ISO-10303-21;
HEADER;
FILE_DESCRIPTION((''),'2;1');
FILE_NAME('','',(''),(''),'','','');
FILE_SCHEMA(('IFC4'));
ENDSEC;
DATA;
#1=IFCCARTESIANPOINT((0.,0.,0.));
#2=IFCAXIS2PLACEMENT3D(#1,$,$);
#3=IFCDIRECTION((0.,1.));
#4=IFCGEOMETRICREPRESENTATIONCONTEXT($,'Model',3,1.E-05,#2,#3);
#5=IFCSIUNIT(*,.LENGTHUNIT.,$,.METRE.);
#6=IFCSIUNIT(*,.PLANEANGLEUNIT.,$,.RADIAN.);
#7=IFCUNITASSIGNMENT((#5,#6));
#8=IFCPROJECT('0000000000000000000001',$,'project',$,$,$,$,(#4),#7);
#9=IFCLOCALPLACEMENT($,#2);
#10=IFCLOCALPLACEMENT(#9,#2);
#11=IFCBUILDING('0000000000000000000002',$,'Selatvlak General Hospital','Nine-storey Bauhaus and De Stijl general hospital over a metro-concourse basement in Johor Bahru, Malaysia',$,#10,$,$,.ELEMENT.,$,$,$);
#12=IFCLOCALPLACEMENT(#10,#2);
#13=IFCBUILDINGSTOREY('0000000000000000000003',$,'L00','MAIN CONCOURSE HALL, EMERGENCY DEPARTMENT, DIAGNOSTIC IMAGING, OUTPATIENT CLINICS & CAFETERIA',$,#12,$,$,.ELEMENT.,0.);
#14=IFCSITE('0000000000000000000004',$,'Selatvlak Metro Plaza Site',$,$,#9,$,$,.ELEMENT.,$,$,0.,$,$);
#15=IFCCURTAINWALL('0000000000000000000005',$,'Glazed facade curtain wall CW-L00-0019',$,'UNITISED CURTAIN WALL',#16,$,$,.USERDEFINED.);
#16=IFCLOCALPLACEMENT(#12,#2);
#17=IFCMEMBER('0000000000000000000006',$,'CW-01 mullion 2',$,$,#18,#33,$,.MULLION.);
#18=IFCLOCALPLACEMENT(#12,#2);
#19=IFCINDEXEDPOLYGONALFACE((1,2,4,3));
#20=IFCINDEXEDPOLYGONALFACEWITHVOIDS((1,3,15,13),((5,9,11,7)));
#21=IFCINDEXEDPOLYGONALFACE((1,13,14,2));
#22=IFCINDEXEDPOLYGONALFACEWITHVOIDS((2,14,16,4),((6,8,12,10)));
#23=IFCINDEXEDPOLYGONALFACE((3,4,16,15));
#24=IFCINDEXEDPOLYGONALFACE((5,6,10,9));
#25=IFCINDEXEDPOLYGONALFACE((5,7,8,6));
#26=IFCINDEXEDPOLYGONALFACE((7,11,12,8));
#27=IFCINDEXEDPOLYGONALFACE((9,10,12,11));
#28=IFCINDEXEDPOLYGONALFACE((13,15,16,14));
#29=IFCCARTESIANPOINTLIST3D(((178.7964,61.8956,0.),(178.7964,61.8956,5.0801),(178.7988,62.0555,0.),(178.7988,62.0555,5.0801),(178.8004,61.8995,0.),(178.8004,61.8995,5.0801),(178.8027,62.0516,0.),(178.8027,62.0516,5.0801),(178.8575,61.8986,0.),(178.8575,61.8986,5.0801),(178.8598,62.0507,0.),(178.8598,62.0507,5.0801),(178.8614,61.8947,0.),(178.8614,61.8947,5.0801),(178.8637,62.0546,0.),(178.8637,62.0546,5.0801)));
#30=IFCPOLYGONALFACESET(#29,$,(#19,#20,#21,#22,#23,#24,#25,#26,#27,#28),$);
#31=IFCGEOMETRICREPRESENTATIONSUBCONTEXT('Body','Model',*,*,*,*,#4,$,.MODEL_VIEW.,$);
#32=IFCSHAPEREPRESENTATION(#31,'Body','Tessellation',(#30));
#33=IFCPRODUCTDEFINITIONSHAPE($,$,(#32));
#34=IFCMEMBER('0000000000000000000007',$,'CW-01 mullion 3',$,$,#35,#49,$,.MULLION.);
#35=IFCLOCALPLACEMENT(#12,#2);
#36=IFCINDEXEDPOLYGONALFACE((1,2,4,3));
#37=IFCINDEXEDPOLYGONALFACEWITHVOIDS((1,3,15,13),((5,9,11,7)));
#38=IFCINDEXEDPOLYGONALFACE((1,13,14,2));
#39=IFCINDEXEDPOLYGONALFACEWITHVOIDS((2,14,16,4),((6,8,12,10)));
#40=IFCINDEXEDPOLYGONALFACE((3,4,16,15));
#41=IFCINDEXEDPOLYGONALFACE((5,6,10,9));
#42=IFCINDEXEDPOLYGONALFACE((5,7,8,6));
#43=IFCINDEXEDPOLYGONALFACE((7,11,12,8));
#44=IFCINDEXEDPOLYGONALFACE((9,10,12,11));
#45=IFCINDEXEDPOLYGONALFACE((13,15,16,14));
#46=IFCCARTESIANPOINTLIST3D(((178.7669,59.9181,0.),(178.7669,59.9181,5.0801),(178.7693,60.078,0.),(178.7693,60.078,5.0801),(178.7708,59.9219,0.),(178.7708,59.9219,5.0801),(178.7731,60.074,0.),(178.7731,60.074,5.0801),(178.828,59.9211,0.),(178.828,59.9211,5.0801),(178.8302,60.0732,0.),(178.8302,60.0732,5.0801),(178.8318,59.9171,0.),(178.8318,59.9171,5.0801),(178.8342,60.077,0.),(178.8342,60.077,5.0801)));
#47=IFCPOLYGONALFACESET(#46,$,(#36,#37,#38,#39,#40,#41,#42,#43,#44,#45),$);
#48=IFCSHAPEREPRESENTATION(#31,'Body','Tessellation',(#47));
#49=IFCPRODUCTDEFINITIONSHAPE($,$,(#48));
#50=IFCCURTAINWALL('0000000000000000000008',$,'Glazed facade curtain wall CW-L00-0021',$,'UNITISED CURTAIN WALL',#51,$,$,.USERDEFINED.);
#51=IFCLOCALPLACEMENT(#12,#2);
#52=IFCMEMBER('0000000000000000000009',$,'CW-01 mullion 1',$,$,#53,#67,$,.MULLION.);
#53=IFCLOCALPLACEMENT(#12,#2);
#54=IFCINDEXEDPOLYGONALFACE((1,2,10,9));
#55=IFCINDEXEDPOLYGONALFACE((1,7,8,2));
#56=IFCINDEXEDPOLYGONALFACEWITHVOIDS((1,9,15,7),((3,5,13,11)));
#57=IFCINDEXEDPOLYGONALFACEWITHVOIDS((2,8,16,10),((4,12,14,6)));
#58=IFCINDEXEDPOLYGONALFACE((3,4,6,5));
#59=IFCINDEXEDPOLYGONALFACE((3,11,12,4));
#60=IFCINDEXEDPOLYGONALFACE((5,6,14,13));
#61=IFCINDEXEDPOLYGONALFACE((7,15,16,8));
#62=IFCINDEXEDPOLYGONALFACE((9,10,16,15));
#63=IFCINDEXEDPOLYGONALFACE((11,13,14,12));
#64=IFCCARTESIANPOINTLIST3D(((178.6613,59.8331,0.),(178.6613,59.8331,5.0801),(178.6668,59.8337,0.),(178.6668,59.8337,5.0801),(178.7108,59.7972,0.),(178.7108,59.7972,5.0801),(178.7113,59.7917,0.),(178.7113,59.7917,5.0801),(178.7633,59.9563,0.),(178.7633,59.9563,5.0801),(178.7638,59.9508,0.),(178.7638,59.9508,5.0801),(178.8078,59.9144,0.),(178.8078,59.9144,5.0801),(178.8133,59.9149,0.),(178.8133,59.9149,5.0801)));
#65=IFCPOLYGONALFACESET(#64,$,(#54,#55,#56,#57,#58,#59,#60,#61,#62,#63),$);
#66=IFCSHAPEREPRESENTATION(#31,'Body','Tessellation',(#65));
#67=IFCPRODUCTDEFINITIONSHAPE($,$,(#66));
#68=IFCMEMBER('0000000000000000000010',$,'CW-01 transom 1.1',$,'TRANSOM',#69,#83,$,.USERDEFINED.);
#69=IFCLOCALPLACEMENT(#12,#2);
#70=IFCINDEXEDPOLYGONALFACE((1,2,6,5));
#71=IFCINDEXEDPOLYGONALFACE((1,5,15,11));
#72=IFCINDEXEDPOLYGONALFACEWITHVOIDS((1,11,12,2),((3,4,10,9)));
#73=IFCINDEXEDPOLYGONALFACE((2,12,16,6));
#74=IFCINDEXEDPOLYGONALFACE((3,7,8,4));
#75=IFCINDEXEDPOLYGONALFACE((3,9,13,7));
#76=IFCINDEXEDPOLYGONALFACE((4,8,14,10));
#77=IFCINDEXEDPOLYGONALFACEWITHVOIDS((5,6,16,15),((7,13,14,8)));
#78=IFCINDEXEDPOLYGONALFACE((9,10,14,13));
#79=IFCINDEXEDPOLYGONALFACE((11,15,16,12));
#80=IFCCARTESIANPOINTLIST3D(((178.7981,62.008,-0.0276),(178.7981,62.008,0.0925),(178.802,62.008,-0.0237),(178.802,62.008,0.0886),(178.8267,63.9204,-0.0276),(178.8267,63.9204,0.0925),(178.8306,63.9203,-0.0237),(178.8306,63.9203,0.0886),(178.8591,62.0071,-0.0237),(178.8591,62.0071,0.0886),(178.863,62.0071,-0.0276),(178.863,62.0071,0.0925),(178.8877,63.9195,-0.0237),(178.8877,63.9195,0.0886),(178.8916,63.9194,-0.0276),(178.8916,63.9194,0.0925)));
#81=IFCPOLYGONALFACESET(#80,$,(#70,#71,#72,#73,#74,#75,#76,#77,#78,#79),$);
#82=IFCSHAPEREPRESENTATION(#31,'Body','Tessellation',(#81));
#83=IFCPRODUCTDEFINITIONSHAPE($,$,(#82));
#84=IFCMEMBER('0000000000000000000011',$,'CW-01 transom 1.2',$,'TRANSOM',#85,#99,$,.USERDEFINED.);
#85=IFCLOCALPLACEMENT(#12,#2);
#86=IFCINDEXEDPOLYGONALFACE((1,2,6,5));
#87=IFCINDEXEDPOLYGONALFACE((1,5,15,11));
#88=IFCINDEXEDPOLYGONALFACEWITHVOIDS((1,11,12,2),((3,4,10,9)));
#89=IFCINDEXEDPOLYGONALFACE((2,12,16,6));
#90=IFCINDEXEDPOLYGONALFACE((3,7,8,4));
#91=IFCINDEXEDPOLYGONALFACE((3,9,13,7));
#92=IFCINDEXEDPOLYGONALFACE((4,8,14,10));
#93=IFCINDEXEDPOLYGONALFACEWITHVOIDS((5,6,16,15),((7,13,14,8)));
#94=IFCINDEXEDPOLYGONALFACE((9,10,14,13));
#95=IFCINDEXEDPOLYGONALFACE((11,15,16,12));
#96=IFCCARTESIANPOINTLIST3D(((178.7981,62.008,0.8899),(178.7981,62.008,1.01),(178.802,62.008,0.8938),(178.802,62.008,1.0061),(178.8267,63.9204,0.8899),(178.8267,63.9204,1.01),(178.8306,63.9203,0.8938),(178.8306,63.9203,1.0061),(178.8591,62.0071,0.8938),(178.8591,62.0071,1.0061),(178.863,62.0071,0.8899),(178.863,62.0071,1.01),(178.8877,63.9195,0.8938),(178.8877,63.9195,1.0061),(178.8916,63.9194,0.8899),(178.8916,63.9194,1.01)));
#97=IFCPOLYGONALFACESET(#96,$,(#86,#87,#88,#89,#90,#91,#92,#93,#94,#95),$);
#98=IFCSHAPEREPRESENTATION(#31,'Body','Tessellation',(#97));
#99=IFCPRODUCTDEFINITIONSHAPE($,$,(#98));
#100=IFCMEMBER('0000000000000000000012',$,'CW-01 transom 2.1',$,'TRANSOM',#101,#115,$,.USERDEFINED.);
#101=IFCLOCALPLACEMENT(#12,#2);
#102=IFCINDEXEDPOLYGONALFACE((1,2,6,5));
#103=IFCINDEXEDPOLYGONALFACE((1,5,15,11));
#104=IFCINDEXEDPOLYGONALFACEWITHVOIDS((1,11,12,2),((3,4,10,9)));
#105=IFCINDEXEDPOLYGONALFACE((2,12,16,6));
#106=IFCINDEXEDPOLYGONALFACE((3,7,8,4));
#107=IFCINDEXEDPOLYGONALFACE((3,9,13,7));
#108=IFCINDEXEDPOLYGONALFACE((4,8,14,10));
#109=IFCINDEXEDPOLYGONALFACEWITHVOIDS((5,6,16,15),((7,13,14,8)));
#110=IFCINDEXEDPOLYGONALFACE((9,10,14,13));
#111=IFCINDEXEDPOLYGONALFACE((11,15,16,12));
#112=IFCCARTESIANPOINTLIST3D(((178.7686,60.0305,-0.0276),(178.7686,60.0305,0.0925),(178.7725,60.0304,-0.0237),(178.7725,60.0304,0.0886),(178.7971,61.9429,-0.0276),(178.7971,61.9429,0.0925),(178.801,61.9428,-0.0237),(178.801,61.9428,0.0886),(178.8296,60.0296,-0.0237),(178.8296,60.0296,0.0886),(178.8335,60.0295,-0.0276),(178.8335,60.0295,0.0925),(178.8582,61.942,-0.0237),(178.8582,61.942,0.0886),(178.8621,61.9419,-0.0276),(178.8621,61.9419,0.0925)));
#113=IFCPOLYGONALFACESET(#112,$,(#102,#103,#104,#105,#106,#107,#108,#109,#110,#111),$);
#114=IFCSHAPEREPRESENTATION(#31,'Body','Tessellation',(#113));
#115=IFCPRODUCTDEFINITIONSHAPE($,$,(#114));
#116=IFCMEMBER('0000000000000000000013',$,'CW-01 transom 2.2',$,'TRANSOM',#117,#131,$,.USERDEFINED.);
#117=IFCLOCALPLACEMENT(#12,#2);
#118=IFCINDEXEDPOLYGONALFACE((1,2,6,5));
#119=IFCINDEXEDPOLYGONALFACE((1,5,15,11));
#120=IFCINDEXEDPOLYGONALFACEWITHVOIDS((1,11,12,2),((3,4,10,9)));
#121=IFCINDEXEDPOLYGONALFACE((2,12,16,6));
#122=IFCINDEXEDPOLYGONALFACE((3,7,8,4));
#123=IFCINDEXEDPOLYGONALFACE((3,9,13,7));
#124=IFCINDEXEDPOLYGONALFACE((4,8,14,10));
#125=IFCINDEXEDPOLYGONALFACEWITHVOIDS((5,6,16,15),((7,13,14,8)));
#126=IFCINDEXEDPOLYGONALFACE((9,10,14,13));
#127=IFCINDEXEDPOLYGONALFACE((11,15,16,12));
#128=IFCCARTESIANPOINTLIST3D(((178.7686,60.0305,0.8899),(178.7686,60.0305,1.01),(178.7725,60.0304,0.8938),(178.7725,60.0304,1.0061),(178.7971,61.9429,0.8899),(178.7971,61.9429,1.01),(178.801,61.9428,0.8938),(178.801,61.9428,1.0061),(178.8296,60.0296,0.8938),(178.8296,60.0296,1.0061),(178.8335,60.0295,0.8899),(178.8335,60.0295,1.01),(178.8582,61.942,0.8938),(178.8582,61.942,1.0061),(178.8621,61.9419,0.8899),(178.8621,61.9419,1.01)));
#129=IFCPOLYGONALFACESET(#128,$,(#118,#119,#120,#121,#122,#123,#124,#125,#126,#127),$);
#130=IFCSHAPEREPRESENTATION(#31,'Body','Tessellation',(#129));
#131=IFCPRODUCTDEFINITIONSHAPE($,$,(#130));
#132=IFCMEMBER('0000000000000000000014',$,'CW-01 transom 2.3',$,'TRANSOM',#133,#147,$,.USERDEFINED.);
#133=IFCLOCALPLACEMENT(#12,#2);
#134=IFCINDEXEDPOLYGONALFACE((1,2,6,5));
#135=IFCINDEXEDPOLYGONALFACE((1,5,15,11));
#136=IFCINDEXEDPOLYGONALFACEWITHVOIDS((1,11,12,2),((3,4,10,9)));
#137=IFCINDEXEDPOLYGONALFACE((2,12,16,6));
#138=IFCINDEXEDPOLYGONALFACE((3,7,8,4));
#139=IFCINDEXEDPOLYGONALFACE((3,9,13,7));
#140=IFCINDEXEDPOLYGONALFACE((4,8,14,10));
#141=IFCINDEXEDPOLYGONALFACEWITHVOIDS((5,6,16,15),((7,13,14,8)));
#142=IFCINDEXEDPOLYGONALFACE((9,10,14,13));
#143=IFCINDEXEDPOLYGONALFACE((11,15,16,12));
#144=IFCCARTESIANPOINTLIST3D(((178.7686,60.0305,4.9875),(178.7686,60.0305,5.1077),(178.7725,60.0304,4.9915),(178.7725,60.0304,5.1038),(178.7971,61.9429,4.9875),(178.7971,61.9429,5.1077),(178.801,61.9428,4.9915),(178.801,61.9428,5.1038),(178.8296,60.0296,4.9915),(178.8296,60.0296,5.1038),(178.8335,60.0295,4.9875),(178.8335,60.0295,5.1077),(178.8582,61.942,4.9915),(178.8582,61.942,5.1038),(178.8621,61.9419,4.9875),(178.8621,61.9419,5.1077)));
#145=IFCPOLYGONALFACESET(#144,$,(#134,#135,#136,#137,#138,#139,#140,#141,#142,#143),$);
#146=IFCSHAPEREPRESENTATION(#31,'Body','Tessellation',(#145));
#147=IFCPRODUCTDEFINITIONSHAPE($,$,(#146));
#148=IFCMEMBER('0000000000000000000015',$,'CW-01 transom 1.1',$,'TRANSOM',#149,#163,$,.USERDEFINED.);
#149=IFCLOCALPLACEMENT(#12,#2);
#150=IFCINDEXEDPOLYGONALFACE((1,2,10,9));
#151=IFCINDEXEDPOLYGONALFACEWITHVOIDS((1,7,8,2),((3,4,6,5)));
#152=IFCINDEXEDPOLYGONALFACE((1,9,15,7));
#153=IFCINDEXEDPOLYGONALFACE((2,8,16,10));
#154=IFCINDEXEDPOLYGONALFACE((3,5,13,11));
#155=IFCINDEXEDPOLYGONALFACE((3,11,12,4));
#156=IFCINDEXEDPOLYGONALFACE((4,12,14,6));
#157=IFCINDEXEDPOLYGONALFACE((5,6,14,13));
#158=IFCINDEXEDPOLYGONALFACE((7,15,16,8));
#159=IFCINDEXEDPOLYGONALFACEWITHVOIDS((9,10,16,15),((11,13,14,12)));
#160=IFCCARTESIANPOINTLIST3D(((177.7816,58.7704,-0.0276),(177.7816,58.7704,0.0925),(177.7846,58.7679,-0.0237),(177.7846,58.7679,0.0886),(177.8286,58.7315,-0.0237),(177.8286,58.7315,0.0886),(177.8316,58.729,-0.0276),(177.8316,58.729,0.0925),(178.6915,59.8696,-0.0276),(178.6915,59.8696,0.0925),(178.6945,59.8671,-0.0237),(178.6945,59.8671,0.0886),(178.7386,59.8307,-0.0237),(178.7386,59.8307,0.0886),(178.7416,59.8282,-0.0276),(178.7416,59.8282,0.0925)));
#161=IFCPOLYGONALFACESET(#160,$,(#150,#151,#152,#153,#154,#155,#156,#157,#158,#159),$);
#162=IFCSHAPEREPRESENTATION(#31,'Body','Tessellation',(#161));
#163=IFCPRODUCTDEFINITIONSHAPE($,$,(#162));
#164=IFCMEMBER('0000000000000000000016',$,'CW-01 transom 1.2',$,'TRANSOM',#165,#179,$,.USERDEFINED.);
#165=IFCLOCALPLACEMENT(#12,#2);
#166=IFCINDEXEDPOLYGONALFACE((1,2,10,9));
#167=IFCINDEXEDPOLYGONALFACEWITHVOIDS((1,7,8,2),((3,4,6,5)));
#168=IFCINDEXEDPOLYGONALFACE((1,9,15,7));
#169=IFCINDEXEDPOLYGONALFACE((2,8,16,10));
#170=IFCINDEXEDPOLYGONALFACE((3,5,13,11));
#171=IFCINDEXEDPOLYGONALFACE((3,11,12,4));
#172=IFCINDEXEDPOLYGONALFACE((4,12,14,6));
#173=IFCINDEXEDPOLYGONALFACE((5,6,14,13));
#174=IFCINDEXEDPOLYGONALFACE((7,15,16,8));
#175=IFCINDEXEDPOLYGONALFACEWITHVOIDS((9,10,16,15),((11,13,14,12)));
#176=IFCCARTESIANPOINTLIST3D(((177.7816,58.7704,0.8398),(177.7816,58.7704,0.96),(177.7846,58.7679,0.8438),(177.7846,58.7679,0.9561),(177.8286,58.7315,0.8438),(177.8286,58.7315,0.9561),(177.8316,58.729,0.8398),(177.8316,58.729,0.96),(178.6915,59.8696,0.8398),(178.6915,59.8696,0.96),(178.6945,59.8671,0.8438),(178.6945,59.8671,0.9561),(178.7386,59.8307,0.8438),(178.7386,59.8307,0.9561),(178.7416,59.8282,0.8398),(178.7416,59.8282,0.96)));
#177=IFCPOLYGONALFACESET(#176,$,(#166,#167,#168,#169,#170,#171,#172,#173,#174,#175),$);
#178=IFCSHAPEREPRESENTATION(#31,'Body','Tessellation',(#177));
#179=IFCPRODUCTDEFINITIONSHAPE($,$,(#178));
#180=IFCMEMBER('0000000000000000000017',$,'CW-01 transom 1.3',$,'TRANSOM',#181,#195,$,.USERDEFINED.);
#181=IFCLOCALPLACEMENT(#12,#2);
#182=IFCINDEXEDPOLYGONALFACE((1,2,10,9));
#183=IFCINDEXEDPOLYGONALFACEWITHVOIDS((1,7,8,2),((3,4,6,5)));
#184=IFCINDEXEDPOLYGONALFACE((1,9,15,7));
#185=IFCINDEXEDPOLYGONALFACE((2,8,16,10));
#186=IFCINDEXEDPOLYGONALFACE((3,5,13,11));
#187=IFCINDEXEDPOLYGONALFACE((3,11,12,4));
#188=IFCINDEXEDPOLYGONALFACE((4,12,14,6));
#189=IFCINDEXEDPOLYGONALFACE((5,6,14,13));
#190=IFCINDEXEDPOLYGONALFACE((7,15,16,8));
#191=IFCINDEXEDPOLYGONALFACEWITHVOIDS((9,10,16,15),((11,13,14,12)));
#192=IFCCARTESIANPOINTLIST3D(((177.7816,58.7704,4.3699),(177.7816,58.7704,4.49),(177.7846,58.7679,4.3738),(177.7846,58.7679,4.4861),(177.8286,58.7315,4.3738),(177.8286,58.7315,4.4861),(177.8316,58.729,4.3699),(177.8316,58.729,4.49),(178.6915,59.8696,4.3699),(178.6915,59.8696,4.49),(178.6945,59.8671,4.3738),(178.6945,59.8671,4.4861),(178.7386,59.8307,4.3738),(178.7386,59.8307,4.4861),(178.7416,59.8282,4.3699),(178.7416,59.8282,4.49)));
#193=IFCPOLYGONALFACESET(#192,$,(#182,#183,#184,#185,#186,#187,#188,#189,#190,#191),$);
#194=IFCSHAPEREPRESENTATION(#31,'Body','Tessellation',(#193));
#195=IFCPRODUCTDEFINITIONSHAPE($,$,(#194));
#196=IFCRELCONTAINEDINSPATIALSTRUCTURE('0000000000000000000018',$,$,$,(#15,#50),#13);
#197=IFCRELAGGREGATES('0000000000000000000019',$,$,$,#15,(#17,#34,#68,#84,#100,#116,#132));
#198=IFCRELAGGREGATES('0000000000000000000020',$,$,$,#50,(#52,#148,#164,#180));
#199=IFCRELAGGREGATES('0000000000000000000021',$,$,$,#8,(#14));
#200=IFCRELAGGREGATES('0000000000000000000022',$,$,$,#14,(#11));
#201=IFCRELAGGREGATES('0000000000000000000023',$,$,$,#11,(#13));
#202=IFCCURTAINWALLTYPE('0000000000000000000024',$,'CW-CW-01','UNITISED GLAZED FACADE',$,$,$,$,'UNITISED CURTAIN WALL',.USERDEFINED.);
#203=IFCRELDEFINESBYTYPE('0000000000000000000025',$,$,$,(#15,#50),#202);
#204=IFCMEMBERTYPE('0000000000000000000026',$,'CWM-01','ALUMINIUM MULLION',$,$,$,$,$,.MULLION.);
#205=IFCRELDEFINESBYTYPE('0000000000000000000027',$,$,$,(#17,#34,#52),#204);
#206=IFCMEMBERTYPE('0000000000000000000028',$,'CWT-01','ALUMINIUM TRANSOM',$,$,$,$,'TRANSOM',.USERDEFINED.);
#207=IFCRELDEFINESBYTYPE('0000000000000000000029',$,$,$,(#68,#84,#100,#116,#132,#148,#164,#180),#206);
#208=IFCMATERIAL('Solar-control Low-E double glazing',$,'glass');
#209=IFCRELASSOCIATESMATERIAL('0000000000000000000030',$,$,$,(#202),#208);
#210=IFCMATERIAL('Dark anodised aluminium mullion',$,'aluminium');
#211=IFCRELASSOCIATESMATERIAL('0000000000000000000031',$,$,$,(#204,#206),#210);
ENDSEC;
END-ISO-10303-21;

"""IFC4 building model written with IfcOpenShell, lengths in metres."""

from ifc_helpers import new_model, si_unit, direction, frame, origin, origin_2d, place, context, subcontext, project, spatial, hollow_rectangle, extrude, material, material_profile, profile_set, type_object, element, aggregate, save


model = new_model("IFC4")

# Units and contexts
model_context = context("Model", 3, precision=1e-05, world=origin(), true_north=direction((0.0, 1.0)))
body_context = subcontext(model_context, "Body", "Model", "MODEL_VIEW")
ifc_project = project(units=[si_unit("LENGTHUNIT", "METRE"), si_unit("PLANEANGLEUNIT", "RADIAN")], contexts=[model_context])

# Site, building, storey
site_placement = place(None, origin())
site = spatial("IfcSite", under=ifc_project, at=site_placement, Name="Selatvlak Metro Plaza Site", CompositionType="ELEMENT", RefElevation=0.0)
building_placement = place(site_placement, origin())
building = spatial("IfcBuilding", under=site, at=building_placement, Name="Selatvlak General Hospital", Description="Nine-storey Bauhaus and De Stijl general hospital over a metro-concourse basement in Johor Bahru, Malaysia", CompositionType="ELEMENT")
storey_placement = place(building_placement, origin())
storey = spatial("IfcBuildingStorey", under=building, at=storey_placement, Name="L00", Description="MAIN CONCOURSE HALL, EMERGENCY DEPARTMENT, DIAGNOSTIC IMAGING, OUTPATIENT CLINICS & CAFETERIA", CompositionType="ELEMENT", Elevation=0.0)

# Curtain wall, members
ifc_material_1 = material(Name="Solar-control Low-E double glazing", Category="glass")
curtain_wall_type = type_object("IfcCurtainWallType", Name="CW-CW-01", Description="UNITISED GLAZED FACADE", ElementType="UNITISED CURTAIN WALL", PredefinedType="USERDEFINED", material=ifc_material_1)
curtain_wall_1_placement = place(storey_placement, origin())
curtain_wall_1 = element("IfcCurtainWall", 1, at=curtain_wall_1_placement, inside=storey, type_object=curtain_wall_type, Name="Glazed facade curtain wall CW-L00-0019", ObjectType="UNITISED CURTAIN WALL", PredefinedType="USERDEFINED")
ifc_material_2 = material(Name="Dark anodised aluminium mullion", Category="aluminium")
ifc_material_profile_1 = material_profile(ifc_material_2, hollow_rectangle(XDim=0.0649, YDim=0.1599, WallThickness=0.0039, at=origin_2d()), Name="AL-MUL 65x160x4")
ifc_profile_set_1 = profile_set([ifc_material_profile_1], Name="Dark anodised aluminium mullion")
member_type_1 = type_object("IfcMemberType", Name="CWM-01", Description="ALUMINIUM MULLION", PredefinedType="MULLION", material=ifc_profile_set_1)
member_1_placement = place(storey_placement, frame((178.8301, 61.9751, 0.0), z_axis=(0.0, 0.0, 1.0), x_axis=(0.999889, -0.014924, 0.0)))
member_1 = element("IfcMember", 2, at=member_1_placement, type_object=member_type_1, Name="CW-01 mullion 2", PredefinedType="MULLION", context=body_context, shape_type="SweptSolid", body=[
    extrude(hollow_rectangle(XDim=0.0649, YDim=0.1599, WallThickness=0.0039, at=origin_2d()), origin(), (0.0, 0.0, 1.0), 5.0801),
])
member_2_placement = place(storey_placement, frame((178.8005, 59.9976, 0.0), z_axis=(0.0, 0.0, 1.0), x_axis=(0.999889, -0.014924, 0.0)))
member_2 = element("IfcMember", 3, at=member_2_placement, type_object=member_type_1, Name="CW-01 mullion 3", PredefinedType="MULLION", context=body_context, shape_type="SweptSolid", body=[
    extrude(hollow_rectangle(XDim=0.0649, YDim=0.1599, WallThickness=0.0039, at=origin_2d()), origin(), (0.0, 0.0, 1.0), 5.0801),
])

# Curtain wall, member
curtain_wall_2_placement = place(storey_placement, origin())
curtain_wall_2 = element("IfcCurtainWall", 4, at=curtain_wall_2_placement, inside=storey, type_object=curtain_wall_type, Name="Glazed facade curtain wall CW-L00-0021", ObjectType="UNITISED CURTAIN WALL", PredefinedType="USERDEFINED")
member_3_placement = place(storey_placement, frame((178.7373, 59.874, 0.0), z_axis=(0.0, 0.0, 1.0), x_axis=(0.770252, -0.63774, 0.0)))
member_3 = element("IfcMember", 5, at=member_3_placement, type_object=member_type_1, Name="CW-01 mullion 1", PredefinedType="MULLION", context=body_context, shape_type="SweptSolid", body=[
    extrude(hollow_rectangle(XDim=0.0649, YDim=0.1599, WallThickness=0.0039, at=origin_2d()), origin(), (0.0, 0.0, 1.0), 5.0801),
])

# Members
ifc_material_profile_2 = material_profile(ifc_material_2, hollow_rectangle(XDim=0.0649, YDim=0.1201, WallThickness=0.0039, at=origin_2d()), Name="AL-TRN 65x120x4")
ifc_profile_set_2 = profile_set([ifc_material_profile_2], Name="Dark anodised aluminium mullion")
member_type_2 = type_object("IfcMemberType", Name="CWT-01", Description="ALUMINIUM TRANSOM", ElementType="TRANSOM", PredefinedType="USERDEFINED", material=ifc_profile_set_2)
member_4_placement = place(storey_placement, frame((178.8591, 63.9199, 0.0325), z_axis=(-0.014935, -0.999888, 0.0), x_axis=(0.999888, -0.014935, 0.0)))
member_4 = element("IfcMember", 6, at=member_4_placement, type_object=member_type_2, Name="CW-01 transom 1.1", ObjectType="TRANSOM", PredefinedType="USERDEFINED", context=body_context, shape_type="SweptSolid", body=[
    extrude(hollow_rectangle(XDim=0.0649, YDim=0.1201, WallThickness=0.0039, at=origin_2d()), origin(), (0.0, 0.0, 1.0), 1.9126),
])
member_5_placement = place(storey_placement, frame((178.8591, 63.9199, 0.95), z_axis=(-0.014935, -0.999888, 0.0), x_axis=(0.999888, -0.014935, 0.0)))
member_5 = element("IfcMember", 7, at=member_5_placement, type_object=member_type_2, Name="CW-01 transom 1.2", ObjectType="TRANSOM", PredefinedType="USERDEFINED", context=body_context, shape_type="SweptSolid", body=[
    extrude(hollow_rectangle(XDim=0.0649, YDim=0.1201, WallThickness=0.0039, at=origin_2d()), origin(), (0.0, 0.0, 1.0), 1.9126),
])
member_6_placement = place(storey_placement, frame((178.8296, 61.9424, 0.0325), z_axis=(-0.014935, -0.999888, 0.0), x_axis=(0.999888, -0.014935, 0.0)))
member_6 = element("IfcMember", 8, at=member_6_placement, type_object=member_type_2, Name="CW-01 transom 2.1", ObjectType="TRANSOM", PredefinedType="USERDEFINED", context=body_context, shape_type="SweptSolid", body=[
    extrude(hollow_rectangle(XDim=0.0649, YDim=0.1201, WallThickness=0.0039, at=origin_2d()), origin(), (0.0, 0.0, 1.0), 1.9126),
])
member_7_placement = place(storey_placement, frame((178.8296, 61.9424, 0.95), z_axis=(-0.014935, -0.999888, 0.0), x_axis=(0.999888, -0.014935, 0.0)))
member_7 = element("IfcMember", 9, at=member_7_placement, type_object=member_type_2, Name="CW-01 transom 2.2", ObjectType="TRANSOM", PredefinedType="USERDEFINED", context=body_context, shape_type="SweptSolid", body=[
    extrude(hollow_rectangle(XDim=0.0649, YDim=0.1201, WallThickness=0.0039, at=origin_2d()), origin(), (0.0, 0.0, 1.0), 1.9126),
])
member_8_placement = place(storey_placement, frame((178.8296, 61.9424, 5.0476), z_axis=(-0.014935, -0.999888, 0.0), x_axis=(0.999888, -0.014935, 0.0)))
member_8 = element("IfcMember", 10, at=member_8_placement, type_object=member_type_2, Name="CW-01 transom 2.3", ObjectType="TRANSOM", PredefinedType="USERDEFINED", context=body_context, shape_type="SweptSolid", body=[
    extrude(hollow_rectangle(XDim=0.0649, YDim=0.1201, WallThickness=0.0039, at=origin_2d()), origin(), (0.0, 0.0, 1.0), 1.9126),
])
member_9_placement = place(storey_placement, frame((178.7166, 59.8489, 0.0325), z_axis=(-0.63769, -0.770293, 0.0), x_axis=(0.770293, -0.63769, 0.0)))
member_9 = element("IfcMember", 11, at=member_9_placement, type_object=member_type_2, Name="CW-01 transom 1.1", ObjectType="TRANSOM", PredefinedType="USERDEFINED", context=body_context, shape_type="SweptSolid", body=[
    extrude(hollow_rectangle(XDim=0.0649, YDim=0.1201, WallThickness=0.0039, at=origin_2d()), origin(), (0.0, 0.0, 1.0), 1.427),
])
member_10_placement = place(storey_placement, frame((178.7166, 59.8489, 0.8999), z_axis=(-0.63769, -0.770293, 0.0), x_axis=(0.770293, -0.63769, 0.0)))
member_10 = element("IfcMember", 12, at=member_10_placement, type_object=member_type_2, Name="CW-01 transom 1.2", ObjectType="TRANSOM", PredefinedType="USERDEFINED", context=body_context, shape_type="SweptSolid", body=[
    extrude(hollow_rectangle(XDim=0.0649, YDim=0.1201, WallThickness=0.0039, at=origin_2d()), origin(), (0.0, 0.0, 1.0), 1.427),
])
member_11_placement = place(storey_placement, frame((178.7166, 59.8489, 4.4299), z_axis=(-0.63769, -0.770293, 0.0), x_axis=(0.770293, -0.63769, 0.0)))
member_11 = element("IfcMember", 13, at=member_11_placement, type_object=member_type_2, Name="CW-01 transom 1.3", ObjectType="TRANSOM", PredefinedType="USERDEFINED", context=body_context, shape_type="SweptSolid", body=[
    extrude(hollow_rectangle(XDim=0.0649, YDim=0.1201, WallThickness=0.0039, at=origin_2d()), origin(), (0.0, 0.0, 1.0), 1.427),
])

aggregate(curtain_wall_1, [member_1, member_2, member_4, member_5, member_6, member_7, member_8])
aggregate(curtain_wall_2, [member_3, member_9, member_10, member_11])

save(model, "model.ifc")
